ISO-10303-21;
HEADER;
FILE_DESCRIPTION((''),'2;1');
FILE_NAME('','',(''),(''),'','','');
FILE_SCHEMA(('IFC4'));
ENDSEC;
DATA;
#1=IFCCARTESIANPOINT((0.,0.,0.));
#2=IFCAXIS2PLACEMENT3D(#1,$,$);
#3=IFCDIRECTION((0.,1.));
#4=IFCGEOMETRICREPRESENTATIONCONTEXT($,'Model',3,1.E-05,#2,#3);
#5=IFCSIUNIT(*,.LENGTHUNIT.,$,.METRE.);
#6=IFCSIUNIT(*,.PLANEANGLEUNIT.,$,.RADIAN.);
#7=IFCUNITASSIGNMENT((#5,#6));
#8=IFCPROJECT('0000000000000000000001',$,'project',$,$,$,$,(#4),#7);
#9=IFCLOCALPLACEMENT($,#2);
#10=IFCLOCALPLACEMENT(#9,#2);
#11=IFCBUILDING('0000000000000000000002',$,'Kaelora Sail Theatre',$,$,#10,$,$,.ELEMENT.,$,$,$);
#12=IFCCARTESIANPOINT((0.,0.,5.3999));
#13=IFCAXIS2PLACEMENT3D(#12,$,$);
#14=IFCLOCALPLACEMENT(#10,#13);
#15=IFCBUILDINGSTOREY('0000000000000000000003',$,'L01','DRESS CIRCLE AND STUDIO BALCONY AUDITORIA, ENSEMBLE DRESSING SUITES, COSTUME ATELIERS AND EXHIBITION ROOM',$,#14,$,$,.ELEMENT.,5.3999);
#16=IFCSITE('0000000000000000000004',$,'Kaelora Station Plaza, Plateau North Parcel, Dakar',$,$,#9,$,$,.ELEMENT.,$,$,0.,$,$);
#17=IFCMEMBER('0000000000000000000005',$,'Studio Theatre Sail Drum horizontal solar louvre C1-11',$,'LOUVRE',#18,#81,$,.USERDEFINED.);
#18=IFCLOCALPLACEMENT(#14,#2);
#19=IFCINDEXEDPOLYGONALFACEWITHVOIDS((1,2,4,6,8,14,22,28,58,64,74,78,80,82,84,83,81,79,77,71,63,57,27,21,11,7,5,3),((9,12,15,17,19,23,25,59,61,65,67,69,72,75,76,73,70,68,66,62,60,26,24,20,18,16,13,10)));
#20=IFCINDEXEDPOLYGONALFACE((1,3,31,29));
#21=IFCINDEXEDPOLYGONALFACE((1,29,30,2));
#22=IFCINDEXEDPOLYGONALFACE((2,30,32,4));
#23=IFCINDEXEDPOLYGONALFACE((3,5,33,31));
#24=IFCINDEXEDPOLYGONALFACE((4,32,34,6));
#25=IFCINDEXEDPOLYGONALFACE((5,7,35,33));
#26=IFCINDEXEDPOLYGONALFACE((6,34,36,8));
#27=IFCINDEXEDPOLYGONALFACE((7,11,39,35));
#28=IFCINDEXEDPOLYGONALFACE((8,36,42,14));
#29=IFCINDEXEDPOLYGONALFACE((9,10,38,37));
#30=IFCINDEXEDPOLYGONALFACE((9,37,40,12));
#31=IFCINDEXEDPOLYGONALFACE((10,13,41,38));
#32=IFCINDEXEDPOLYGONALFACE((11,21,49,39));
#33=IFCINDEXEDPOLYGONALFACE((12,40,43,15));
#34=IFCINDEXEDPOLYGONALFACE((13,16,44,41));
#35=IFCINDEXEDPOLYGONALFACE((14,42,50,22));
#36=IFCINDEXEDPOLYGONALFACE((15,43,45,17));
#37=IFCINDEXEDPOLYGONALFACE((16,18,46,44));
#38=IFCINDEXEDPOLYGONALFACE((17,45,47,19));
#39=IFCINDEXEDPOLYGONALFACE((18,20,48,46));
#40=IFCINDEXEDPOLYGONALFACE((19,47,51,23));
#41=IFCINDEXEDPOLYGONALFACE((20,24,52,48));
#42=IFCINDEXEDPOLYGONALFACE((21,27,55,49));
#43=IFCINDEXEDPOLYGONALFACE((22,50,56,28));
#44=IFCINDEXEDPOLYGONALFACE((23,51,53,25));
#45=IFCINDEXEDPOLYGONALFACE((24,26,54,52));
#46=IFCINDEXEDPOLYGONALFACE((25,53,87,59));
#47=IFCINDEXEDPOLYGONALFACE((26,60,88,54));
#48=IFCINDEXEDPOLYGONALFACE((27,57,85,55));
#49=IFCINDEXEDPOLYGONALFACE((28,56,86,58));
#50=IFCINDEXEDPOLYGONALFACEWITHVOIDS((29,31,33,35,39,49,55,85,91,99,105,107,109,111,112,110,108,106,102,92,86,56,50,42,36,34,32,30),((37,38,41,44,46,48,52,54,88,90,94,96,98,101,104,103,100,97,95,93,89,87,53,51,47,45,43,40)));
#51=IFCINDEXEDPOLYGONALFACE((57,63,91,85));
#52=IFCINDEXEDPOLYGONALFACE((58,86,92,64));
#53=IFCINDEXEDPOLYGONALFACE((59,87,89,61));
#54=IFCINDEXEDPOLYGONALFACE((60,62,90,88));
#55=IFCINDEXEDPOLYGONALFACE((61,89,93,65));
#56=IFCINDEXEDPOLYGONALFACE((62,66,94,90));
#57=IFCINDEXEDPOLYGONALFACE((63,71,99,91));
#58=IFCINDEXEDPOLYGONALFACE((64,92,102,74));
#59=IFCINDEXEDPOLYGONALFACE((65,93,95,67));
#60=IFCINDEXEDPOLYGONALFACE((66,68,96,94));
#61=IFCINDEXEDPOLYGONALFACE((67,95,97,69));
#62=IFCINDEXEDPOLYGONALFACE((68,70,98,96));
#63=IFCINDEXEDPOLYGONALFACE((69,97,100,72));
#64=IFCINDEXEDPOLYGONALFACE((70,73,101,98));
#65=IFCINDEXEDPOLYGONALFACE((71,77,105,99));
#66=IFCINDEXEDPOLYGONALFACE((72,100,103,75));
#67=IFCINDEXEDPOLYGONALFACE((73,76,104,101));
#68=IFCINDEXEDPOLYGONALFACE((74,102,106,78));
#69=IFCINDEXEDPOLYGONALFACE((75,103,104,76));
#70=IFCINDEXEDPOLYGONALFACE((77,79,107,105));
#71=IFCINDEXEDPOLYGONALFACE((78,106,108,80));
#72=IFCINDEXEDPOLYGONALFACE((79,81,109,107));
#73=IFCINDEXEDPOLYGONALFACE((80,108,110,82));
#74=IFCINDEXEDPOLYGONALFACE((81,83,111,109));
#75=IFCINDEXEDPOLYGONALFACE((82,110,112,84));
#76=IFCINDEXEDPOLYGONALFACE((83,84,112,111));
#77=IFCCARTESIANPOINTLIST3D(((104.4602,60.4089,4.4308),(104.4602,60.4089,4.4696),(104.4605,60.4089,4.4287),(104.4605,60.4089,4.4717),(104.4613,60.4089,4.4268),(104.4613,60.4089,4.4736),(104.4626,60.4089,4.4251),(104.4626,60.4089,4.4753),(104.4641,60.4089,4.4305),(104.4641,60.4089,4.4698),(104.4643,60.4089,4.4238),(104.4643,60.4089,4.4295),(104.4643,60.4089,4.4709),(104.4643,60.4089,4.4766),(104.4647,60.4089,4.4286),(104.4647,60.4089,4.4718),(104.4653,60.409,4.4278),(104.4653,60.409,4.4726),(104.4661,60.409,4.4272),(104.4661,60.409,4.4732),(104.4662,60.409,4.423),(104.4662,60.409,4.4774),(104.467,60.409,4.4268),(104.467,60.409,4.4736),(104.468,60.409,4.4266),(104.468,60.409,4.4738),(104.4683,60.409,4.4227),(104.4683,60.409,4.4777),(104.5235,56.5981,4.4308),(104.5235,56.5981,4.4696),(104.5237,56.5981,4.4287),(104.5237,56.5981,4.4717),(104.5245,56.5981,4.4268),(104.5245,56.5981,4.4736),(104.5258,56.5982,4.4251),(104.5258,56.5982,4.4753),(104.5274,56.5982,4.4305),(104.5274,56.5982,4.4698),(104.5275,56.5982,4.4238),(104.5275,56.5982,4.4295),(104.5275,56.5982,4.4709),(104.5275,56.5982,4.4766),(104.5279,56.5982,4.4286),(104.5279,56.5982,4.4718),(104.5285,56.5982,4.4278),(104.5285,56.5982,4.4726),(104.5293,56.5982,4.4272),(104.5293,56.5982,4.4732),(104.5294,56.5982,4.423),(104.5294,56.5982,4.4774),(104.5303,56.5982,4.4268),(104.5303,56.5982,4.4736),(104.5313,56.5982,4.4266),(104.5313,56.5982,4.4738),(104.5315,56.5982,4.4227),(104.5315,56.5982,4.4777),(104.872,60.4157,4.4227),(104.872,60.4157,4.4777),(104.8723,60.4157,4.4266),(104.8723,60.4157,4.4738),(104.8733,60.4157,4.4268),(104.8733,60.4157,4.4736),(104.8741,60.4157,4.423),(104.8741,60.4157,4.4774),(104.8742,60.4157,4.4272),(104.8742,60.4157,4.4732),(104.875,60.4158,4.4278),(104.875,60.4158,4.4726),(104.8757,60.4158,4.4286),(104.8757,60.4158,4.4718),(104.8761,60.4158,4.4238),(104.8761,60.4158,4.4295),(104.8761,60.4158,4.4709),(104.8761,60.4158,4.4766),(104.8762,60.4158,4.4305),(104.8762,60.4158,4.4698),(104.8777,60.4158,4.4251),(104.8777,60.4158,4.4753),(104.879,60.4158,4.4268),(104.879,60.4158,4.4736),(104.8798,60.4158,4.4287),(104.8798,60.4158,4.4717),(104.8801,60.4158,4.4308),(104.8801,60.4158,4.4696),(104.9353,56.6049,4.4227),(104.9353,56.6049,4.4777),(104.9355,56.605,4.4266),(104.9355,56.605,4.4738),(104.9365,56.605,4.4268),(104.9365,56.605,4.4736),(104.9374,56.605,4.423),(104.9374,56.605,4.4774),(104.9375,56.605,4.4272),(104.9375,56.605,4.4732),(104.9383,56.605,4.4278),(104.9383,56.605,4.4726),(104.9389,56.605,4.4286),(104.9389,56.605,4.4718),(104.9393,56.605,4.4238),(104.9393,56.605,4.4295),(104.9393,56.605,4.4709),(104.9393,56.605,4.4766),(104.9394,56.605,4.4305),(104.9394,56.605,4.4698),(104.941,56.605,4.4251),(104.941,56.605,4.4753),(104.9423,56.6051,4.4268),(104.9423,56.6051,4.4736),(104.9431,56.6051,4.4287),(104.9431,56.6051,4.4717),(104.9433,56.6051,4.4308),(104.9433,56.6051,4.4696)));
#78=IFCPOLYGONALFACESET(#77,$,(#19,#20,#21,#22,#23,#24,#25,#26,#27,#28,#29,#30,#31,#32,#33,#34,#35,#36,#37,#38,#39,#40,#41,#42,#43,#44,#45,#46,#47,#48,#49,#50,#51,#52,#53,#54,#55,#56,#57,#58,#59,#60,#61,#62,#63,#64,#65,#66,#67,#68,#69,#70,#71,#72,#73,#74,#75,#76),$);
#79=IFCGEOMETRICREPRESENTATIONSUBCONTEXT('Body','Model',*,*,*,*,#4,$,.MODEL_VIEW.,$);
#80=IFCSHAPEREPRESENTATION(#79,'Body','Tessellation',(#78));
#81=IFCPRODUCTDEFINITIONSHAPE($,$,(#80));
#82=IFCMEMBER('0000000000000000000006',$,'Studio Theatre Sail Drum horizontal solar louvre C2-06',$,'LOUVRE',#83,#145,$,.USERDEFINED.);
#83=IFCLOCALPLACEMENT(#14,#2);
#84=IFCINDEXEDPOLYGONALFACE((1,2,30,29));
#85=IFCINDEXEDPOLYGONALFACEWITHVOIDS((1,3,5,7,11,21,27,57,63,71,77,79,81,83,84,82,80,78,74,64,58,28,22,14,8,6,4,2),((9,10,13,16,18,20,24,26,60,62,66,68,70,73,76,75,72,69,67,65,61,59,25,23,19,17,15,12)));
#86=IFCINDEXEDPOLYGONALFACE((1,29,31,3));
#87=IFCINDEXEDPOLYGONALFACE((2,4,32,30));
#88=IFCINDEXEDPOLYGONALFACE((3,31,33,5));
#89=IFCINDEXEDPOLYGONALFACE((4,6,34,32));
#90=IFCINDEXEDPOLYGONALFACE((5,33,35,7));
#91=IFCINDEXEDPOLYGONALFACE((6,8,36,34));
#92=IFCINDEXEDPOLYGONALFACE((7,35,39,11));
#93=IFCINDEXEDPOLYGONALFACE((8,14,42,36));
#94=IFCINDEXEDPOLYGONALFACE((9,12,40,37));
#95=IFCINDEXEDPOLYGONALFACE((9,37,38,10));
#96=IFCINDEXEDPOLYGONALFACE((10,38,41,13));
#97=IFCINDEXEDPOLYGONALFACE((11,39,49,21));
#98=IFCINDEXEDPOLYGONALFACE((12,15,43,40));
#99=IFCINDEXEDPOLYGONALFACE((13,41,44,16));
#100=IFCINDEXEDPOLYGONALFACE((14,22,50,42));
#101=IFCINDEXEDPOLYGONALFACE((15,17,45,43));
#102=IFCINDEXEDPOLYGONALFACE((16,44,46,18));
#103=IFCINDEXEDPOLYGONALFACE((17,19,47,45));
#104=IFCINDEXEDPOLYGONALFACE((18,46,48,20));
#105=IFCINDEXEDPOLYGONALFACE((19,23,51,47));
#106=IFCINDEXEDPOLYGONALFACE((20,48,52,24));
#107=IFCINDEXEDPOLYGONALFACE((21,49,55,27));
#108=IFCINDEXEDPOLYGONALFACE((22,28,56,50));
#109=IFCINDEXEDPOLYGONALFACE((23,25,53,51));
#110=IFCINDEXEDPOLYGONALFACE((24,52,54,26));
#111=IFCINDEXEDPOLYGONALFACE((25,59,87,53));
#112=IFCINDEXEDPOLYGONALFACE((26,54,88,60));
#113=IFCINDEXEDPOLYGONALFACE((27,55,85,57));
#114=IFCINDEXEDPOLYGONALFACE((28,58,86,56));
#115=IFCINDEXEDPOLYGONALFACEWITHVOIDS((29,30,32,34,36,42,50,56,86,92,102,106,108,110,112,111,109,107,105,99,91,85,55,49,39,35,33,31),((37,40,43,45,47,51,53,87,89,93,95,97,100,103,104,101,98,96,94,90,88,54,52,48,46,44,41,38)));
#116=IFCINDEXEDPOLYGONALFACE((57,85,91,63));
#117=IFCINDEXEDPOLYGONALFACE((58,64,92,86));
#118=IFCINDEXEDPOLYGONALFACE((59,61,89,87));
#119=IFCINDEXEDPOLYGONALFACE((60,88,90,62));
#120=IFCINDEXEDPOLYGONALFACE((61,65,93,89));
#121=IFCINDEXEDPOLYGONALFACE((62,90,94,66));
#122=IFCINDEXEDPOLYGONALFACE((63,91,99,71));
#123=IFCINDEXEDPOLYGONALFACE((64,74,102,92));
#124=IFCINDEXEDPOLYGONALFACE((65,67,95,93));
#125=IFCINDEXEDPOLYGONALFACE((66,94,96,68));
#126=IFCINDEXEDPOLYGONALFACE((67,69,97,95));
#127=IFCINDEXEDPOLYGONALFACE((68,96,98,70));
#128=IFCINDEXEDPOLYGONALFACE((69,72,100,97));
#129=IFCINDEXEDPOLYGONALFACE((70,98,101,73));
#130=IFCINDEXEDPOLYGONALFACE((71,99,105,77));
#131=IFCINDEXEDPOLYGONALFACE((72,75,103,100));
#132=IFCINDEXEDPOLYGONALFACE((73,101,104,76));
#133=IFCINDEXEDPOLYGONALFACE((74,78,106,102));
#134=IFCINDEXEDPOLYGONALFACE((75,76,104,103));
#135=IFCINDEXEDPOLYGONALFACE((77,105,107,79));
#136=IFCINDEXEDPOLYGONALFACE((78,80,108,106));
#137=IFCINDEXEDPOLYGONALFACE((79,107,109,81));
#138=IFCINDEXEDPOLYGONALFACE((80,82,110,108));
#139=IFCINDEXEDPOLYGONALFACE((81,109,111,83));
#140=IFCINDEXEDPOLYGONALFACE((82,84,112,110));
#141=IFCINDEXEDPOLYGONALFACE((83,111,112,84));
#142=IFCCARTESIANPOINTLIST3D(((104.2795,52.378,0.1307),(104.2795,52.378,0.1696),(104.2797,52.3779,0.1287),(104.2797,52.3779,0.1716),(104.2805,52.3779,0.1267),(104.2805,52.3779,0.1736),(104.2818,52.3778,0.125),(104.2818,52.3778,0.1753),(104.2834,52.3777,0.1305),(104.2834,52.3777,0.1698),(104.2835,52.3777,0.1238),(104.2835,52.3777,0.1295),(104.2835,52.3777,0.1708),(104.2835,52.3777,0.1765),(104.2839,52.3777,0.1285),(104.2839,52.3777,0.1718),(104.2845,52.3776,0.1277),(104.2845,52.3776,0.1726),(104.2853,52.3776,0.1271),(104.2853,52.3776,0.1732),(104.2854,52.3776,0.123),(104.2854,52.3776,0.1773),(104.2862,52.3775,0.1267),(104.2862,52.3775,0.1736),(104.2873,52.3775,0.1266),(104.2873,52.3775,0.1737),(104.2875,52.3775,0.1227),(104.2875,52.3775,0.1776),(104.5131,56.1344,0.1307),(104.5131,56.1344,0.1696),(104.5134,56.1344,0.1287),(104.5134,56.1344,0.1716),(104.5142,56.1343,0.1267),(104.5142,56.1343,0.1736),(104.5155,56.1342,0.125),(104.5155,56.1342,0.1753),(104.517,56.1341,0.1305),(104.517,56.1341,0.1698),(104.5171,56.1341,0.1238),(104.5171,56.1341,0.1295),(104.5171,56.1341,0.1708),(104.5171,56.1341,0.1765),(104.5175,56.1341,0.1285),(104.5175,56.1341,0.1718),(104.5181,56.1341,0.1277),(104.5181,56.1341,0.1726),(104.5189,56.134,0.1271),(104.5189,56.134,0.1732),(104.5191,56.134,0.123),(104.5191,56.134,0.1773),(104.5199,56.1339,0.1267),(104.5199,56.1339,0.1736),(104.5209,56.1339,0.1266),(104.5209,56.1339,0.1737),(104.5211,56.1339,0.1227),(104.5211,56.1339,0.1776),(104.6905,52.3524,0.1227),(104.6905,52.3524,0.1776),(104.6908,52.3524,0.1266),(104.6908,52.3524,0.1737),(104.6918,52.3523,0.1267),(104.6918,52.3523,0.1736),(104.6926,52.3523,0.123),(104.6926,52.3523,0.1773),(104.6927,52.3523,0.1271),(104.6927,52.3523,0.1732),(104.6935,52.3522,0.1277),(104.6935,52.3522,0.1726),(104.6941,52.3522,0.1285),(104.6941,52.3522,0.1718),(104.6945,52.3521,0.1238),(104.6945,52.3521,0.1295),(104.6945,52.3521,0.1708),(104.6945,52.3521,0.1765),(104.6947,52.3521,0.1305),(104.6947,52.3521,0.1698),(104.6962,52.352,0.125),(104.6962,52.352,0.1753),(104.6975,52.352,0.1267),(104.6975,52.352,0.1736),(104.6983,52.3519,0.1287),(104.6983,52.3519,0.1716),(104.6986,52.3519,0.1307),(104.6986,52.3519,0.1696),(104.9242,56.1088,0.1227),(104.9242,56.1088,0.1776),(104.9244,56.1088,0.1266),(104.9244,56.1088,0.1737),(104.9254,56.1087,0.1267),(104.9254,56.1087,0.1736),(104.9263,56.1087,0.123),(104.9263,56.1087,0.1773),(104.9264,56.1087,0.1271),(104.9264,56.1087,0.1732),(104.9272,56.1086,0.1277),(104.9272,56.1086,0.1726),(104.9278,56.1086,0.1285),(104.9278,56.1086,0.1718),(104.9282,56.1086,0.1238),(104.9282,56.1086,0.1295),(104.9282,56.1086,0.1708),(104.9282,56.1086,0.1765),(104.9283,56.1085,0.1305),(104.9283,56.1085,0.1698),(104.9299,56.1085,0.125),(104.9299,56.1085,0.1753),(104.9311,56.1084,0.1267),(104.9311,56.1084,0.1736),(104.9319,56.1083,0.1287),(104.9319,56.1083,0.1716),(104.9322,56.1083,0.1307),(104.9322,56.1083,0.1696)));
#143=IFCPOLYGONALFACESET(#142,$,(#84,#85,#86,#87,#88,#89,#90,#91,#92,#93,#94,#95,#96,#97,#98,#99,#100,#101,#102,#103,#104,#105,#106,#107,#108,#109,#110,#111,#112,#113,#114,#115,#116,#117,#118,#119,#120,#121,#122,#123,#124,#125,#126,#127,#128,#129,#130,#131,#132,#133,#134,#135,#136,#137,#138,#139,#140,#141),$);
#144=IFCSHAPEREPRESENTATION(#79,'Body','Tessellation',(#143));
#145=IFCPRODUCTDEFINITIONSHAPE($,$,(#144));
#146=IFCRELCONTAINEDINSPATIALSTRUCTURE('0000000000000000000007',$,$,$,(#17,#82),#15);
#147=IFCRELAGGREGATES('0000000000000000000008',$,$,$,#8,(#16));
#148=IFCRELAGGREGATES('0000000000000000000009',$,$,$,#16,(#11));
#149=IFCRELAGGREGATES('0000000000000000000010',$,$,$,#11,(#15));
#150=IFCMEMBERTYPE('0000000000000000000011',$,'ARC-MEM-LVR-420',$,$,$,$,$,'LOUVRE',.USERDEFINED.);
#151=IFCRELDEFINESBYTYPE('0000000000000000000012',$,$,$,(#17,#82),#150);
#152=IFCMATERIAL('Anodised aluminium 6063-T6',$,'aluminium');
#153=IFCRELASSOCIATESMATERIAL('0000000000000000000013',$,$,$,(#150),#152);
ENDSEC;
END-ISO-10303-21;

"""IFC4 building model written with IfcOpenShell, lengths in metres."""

from ifc_helpers import new_model, si_unit, direction, frame, origin, origin_2d, place, context, subcontext, project, spatial, hollow_rectangle, extrude, material, material_profile, profile_set, type_object, element, save


model = new_model("IFC4")

# Units and contexts
model_context = context("Model", 3, precision=1e-05, world=origin(), true_north=direction((0.0, 1.0)))
body_context = subcontext(model_context, "Body", "Model", "MODEL_VIEW")
ifc_project = project(units=[si_unit("LENGTHUNIT", "METRE"), si_unit("PLANEANGLEUNIT", "RADIAN")], contexts=[model_context])

# Site, building, storey
site_placement = place(None, origin())
site = spatial("IfcSite", under=ifc_project, at=site_placement, Name="Kaelora Station Plaza, Plateau North Parcel, Dakar", CompositionType="ELEMENT", RefElevation=0.0)
building_placement = place(site_placement, origin())
building = spatial("IfcBuilding", under=site, at=building_placement, Name="Kaelora Sail Theatre", CompositionType="ELEMENT")
storey_placement = place(building_placement, frame((0.0, 0.0, 5.3999)))
storey = spatial("IfcBuildingStorey", under=building, at=storey_placement, Name="L01", Description="DRESS CIRCLE AND STUDIO BALCONY AUDITORIA, ENSEMBLE DRESSING SUITES, COSTUME ATELIERS AND EXHIBITION ROOM", CompositionType="ELEMENT", Elevation=5.3999)

# Members
ifc_material_1 = material(Name="Anodised aluminium 6063-T6", Category="aluminium")
ifc_material_profile_1 = material_profile(ifc_material_1, hollow_rectangle(XDim=0.4199, YDim=0.0549, WallThickness=0.0039, InnerFilletRadius=0.0039, OuterFilletRadius=0.0081, at=origin_2d()), Name="LOUVRE 420x55x4")
ifc_profile_set_1 = profile_set([ifc_material_profile_1], Name="Anodised aluminium 6063-T6")
member_type_1 = type_object("IfcMemberType", Name="ARC-MEM-LVR-420", ElementType="LOUVRE", PredefinedType="USERDEFINED", material=ifc_profile_set_1)
for number, where, z_axis, x_axis, name in (
    (1, (104.6702, 60.4124, 4.4502), (0.016591, -0.999862, 0.0), (0.999862, 0.016591, 0.0), "Studio Theatre Sail Drum horizontal solar louvre C1-11"),
):
    element("IfcMember", number, at=place(storey_placement, frame(where, z_axis=z_axis, x_axis=x_axis)), inside=storey, type_object=member_type_1, Name=name, ObjectType="LOUVRE", PredefinedType="USERDEFINED", context=body_context, shape_type="SweptSolid", body=[
        extrude(hollow_rectangle(XDim=0.4199, YDim=0.0549, WallThickness=0.0039, InnerFilletRadius=0.0039, OuterFilletRadius=0.0081, at=origin_2d()), origin(), (0.0, 0.0, 1.0), 3.8113),
    ])
for number, where, z_axis, x_axis, name in (
    (2, (104.7227, 56.1213, 0.1501), (-0.062079, -0.998071, 0.0), (0.998071, -0.062079, 0.0), "Studio Theatre Sail Drum horizontal solar louvre C2-06"),
):
    element("IfcMember", number, at=place(storey_placement, frame(where, z_axis=z_axis, x_axis=x_axis)), inside=storey, type_object=member_type_1, Name=name, ObjectType="LOUVRE", PredefinedType="USERDEFINED", context=body_context, shape_type="SweptSolid", body=[
        extrude(hollow_rectangle(XDim=0.4199, YDim=0.0549, WallThickness=0.0039, InnerFilletRadius=0.0039, OuterFilletRadius=0.0081, at=origin_2d()), origin(), (0.0, 0.0, 1.0), 3.7637),
    ])

save(model, "model.ifc")
